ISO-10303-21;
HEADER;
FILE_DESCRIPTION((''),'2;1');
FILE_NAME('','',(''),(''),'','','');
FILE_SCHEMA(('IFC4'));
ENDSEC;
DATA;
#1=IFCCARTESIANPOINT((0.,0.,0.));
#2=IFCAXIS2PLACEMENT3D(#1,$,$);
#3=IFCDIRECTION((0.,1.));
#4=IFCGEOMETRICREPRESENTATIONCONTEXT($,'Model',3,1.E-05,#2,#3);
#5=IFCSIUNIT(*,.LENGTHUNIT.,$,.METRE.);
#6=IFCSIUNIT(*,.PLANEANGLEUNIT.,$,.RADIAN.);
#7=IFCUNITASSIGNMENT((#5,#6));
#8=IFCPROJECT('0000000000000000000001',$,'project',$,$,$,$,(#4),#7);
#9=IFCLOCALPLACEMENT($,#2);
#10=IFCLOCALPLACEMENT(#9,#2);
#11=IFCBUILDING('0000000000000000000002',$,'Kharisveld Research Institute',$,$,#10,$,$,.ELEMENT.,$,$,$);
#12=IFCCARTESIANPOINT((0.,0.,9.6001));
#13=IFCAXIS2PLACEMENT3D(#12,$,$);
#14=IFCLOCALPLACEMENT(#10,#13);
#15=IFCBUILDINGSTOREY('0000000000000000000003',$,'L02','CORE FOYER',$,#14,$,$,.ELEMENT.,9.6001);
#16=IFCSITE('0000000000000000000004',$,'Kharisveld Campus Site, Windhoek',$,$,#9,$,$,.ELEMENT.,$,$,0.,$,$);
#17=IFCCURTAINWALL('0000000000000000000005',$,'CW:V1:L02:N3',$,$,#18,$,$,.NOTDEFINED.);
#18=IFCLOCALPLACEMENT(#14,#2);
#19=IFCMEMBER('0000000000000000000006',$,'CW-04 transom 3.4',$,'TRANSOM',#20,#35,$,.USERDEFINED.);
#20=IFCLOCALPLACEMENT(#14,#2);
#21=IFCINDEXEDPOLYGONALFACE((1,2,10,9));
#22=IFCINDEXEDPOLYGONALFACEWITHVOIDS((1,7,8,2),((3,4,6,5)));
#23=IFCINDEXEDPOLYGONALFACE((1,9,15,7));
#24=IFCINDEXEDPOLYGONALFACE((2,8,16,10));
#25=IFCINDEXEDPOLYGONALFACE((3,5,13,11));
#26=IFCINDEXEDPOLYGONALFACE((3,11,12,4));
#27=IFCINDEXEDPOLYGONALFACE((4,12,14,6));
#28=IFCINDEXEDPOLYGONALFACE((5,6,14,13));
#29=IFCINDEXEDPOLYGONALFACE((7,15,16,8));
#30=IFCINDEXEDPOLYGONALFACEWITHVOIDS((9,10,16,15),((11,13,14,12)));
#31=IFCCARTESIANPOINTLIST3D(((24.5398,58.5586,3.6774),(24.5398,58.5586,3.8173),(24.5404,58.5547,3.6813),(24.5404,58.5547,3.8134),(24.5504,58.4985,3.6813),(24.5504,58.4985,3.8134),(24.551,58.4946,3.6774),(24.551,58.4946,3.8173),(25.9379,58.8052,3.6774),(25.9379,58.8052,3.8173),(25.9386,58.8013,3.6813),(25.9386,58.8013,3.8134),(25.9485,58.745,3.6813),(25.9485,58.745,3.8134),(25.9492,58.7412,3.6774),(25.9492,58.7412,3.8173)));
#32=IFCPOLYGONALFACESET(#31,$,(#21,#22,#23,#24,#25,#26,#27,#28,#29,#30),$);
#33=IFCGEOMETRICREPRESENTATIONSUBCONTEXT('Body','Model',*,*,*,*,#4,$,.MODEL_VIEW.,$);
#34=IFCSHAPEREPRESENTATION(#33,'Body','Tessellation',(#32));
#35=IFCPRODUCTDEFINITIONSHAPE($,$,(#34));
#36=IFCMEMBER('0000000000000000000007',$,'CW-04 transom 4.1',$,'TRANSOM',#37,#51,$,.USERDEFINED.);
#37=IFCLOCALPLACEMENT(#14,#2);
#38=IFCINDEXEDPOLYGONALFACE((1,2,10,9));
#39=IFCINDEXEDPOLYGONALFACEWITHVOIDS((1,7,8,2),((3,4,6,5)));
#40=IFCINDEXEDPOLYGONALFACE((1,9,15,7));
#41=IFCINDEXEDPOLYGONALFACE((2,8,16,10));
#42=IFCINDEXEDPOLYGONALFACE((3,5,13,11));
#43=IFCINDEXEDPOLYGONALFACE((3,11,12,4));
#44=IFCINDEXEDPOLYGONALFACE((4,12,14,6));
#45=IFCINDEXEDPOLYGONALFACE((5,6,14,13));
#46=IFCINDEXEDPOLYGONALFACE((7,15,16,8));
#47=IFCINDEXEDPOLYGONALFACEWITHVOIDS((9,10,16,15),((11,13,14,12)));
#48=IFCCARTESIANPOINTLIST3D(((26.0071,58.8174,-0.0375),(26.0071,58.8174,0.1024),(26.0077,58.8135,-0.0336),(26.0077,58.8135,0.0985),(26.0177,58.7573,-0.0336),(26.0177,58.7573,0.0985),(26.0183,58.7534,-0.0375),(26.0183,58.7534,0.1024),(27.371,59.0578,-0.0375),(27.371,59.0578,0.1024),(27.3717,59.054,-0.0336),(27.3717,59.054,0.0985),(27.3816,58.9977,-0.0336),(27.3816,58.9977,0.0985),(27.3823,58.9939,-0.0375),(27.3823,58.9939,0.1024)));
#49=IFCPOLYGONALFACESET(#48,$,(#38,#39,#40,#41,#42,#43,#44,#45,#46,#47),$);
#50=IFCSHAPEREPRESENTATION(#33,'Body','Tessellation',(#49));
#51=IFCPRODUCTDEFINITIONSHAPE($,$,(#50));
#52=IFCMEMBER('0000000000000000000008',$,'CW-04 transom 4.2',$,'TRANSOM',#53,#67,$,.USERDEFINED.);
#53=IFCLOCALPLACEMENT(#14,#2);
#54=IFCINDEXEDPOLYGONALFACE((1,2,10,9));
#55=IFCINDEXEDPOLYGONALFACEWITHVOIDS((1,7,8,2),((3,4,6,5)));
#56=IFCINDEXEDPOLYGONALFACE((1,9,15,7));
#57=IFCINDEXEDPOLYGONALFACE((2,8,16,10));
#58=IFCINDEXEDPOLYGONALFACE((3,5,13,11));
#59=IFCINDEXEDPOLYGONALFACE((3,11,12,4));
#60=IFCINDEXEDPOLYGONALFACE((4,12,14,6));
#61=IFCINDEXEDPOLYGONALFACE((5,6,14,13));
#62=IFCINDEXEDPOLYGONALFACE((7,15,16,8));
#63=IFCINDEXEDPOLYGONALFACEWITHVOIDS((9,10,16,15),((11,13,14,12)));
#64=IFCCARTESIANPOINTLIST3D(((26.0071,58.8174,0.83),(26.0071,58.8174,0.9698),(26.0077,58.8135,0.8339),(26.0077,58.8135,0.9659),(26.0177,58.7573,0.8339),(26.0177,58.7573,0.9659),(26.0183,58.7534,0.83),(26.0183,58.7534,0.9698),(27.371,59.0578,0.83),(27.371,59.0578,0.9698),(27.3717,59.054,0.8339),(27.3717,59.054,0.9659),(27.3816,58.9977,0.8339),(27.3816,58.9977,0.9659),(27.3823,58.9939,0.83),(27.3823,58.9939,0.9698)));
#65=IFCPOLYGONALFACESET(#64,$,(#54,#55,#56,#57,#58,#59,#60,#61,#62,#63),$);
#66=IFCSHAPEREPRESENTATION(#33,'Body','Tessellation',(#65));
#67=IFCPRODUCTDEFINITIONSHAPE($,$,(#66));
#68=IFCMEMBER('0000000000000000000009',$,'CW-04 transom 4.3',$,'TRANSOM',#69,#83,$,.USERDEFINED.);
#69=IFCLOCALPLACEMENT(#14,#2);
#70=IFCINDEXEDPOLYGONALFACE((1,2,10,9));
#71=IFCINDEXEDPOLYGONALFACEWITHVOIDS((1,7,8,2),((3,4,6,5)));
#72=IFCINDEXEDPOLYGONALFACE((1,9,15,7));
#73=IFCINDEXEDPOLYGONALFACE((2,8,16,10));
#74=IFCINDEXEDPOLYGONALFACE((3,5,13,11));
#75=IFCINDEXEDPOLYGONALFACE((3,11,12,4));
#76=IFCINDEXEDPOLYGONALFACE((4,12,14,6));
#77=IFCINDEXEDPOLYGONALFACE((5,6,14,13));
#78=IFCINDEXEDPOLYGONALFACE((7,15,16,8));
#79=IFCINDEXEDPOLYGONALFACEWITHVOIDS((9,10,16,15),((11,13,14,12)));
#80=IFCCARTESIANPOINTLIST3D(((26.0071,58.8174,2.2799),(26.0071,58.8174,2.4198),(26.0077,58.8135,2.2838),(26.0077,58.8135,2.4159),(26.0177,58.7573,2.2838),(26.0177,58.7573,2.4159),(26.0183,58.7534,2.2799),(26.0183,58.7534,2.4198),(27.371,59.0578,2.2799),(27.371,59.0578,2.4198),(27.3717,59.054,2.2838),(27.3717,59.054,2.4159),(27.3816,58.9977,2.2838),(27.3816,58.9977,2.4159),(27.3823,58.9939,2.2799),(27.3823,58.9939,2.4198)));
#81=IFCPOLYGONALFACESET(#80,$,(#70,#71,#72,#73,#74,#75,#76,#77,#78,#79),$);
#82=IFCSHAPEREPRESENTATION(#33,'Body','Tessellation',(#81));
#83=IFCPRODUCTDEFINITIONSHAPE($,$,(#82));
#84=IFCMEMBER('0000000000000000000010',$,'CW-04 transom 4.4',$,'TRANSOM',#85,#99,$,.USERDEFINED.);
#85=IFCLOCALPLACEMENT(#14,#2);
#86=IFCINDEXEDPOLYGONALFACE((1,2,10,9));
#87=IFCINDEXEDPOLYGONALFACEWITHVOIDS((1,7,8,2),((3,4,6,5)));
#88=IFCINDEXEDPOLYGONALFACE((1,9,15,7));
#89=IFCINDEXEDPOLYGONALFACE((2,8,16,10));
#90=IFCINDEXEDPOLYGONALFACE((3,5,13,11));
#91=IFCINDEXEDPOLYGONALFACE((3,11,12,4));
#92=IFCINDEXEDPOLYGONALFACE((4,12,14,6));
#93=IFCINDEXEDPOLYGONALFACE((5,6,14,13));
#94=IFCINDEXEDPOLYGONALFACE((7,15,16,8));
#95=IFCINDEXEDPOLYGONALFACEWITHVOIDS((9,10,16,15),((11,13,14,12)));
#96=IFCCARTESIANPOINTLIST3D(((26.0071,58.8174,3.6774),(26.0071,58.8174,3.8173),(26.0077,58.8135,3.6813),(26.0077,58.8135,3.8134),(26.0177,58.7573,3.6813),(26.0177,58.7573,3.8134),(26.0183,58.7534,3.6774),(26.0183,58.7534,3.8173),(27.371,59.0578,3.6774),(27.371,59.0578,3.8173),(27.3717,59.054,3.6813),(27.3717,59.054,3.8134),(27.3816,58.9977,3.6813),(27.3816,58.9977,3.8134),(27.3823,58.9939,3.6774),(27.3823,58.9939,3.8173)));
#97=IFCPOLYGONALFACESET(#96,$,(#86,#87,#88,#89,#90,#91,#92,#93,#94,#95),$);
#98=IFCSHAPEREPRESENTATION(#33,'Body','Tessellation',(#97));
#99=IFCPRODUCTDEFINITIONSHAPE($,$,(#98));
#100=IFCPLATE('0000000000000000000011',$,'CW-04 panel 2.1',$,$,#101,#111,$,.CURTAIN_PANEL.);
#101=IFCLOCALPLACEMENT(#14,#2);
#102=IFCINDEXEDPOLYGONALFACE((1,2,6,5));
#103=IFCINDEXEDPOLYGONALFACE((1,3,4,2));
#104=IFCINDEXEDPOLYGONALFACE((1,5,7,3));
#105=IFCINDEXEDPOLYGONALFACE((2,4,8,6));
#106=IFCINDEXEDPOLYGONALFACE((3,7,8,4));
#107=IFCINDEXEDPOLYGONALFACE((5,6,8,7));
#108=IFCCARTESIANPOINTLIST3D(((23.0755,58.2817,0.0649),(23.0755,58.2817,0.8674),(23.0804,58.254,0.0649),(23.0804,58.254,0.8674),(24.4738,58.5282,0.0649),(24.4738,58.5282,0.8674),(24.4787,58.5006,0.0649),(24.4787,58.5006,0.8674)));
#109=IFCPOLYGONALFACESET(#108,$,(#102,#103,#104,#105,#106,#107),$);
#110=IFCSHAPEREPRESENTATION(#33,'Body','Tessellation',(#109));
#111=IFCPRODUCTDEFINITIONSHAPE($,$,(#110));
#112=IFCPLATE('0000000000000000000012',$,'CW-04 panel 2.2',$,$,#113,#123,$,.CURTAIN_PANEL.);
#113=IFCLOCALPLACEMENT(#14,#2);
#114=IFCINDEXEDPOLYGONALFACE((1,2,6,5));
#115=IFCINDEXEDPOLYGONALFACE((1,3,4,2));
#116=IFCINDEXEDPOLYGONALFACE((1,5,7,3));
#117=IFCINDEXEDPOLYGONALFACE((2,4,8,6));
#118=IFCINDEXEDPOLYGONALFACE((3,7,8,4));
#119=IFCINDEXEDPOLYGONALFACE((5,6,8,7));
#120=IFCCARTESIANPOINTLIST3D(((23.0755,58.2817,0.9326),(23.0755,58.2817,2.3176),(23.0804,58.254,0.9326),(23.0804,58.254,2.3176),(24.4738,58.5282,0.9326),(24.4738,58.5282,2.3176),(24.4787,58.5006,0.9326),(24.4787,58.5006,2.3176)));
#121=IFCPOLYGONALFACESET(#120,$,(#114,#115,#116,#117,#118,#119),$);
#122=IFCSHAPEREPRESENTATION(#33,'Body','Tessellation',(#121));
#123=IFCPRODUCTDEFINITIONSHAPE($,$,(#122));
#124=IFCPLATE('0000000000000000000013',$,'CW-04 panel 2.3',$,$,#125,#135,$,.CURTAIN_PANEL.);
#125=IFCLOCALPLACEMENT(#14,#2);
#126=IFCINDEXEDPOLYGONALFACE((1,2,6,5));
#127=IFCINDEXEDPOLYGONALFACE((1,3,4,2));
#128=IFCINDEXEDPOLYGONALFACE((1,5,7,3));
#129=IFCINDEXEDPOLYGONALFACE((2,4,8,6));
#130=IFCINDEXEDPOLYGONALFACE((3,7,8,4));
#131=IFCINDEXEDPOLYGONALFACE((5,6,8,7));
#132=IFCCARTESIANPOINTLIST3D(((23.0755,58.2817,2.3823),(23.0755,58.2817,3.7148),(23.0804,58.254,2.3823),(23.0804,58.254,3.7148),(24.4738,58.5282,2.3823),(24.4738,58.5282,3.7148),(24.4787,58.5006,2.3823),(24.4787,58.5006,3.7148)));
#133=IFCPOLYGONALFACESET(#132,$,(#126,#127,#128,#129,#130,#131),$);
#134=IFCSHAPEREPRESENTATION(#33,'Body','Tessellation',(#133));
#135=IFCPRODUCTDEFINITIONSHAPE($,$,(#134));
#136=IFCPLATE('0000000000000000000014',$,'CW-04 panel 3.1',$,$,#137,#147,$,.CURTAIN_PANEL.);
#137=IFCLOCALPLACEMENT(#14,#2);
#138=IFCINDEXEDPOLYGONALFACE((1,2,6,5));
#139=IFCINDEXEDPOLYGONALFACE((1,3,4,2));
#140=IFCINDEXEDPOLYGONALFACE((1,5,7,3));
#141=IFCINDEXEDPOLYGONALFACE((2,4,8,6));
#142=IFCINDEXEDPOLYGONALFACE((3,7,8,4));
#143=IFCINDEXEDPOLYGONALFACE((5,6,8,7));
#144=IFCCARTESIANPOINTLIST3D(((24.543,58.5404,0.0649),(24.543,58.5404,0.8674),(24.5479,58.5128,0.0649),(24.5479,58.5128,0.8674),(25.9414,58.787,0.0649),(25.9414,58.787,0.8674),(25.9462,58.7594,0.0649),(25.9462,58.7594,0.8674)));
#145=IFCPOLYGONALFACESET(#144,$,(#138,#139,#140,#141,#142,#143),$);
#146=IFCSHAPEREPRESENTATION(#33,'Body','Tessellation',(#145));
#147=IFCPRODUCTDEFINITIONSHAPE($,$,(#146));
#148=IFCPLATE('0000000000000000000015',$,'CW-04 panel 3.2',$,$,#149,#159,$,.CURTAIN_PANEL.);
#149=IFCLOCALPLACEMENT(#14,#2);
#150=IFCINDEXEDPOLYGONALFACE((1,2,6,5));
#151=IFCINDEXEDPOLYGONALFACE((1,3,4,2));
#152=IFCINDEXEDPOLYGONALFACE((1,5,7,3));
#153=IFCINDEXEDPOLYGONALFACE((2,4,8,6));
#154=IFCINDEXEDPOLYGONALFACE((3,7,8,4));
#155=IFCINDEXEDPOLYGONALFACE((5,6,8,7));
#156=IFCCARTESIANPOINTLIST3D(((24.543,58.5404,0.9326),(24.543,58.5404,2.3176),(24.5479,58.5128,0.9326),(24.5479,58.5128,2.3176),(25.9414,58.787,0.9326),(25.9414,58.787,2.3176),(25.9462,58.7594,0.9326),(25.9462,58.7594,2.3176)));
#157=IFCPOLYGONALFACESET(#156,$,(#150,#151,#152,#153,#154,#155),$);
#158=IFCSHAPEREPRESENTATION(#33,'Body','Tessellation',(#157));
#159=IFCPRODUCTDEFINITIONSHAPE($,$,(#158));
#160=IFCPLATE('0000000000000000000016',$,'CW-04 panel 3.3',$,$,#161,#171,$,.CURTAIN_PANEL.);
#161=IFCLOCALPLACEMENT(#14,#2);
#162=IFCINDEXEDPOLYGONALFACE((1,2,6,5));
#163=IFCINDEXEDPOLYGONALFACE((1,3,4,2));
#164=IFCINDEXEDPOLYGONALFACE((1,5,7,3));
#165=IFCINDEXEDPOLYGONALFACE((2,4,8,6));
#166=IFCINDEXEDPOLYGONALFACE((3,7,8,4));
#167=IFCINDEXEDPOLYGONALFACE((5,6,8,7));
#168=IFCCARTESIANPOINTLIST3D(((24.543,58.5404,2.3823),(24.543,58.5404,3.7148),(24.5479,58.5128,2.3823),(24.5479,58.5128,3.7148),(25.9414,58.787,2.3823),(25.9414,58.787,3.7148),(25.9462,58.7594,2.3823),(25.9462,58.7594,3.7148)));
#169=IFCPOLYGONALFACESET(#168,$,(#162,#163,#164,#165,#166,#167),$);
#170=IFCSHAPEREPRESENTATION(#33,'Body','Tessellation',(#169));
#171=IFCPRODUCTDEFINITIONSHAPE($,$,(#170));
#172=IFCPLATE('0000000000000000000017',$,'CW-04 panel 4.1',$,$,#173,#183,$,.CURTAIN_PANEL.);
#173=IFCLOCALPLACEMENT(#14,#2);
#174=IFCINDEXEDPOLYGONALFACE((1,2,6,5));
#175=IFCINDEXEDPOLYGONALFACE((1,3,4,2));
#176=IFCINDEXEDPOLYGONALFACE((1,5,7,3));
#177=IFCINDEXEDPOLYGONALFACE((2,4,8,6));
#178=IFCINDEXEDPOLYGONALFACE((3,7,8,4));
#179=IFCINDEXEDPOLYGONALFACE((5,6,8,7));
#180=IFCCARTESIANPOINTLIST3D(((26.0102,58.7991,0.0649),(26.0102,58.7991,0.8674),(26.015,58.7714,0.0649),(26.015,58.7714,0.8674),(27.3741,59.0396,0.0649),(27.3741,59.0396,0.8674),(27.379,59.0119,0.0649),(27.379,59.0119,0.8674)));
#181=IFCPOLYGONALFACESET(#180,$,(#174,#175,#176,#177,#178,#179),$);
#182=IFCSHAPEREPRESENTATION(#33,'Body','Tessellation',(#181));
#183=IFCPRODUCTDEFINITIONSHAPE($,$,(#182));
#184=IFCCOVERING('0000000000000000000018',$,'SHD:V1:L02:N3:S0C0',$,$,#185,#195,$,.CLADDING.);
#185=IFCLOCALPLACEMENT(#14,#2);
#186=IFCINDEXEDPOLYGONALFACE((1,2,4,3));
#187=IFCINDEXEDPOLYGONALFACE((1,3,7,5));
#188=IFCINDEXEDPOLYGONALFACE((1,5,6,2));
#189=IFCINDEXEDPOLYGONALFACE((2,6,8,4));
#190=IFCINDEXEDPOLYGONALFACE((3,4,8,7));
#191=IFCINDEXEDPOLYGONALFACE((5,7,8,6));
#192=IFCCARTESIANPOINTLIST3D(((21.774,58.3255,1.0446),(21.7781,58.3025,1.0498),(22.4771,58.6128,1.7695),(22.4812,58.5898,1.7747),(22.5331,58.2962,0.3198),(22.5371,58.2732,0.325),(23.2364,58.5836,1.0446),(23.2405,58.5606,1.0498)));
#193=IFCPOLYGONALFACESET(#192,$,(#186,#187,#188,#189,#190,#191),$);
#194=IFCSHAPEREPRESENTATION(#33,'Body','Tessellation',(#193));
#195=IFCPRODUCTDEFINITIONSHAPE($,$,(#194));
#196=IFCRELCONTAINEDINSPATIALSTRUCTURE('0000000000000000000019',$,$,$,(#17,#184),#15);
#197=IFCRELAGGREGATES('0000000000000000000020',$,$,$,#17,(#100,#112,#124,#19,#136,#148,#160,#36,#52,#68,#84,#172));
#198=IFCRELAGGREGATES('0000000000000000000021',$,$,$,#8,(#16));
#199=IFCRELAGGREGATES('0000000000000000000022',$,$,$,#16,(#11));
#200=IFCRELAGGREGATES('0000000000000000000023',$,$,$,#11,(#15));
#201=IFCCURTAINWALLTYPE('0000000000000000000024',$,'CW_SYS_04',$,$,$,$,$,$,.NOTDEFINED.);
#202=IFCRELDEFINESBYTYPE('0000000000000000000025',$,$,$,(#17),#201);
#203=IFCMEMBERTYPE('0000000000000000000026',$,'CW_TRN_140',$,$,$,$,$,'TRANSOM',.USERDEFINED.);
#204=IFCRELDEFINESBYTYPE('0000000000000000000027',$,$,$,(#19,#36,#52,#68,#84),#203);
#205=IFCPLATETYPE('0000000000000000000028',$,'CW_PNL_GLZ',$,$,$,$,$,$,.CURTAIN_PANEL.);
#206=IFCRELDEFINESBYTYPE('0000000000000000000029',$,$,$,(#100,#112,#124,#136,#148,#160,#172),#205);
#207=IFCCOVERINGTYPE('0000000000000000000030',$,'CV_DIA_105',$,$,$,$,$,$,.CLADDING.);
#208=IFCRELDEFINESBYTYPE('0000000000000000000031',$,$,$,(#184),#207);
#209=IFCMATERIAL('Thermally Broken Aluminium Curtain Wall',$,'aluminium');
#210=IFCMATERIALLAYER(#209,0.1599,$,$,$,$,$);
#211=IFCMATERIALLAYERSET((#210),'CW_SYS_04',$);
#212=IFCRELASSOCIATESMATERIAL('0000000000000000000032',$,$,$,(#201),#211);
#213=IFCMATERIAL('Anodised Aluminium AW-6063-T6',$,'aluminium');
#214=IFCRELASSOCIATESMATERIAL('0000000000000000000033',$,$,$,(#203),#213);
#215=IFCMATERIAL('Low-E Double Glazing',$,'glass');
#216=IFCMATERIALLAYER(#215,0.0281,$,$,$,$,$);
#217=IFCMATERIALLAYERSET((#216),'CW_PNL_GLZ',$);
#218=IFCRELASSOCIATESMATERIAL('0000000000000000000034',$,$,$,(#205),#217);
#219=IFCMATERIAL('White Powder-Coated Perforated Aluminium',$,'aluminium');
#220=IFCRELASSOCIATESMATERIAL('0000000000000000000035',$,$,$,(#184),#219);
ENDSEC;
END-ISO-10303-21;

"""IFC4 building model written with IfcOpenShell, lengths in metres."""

from ifc_helpers import new_model, si_unit, direction, frame, origin, origin_2d, place, context, subcontext, project, spatial, polyline, rectangle, hollow_rectangle, outline, extrude, material, layer, layer_set, material_profile, profile_set, type_object, element, aggregate, save


model = new_model("IFC4")

# Units and contexts
model_context = context("Model", 3, precision=1e-05, world=origin(), true_north=direction((0.0, 1.0)))
body_context = subcontext(model_context, "Body", "Model", "MODEL_VIEW")
ifc_project = project(units=[si_unit("LENGTHUNIT", "METRE"), si_unit("PLANEANGLEUNIT", "RADIAN")], contexts=[model_context])

# Site, building, storey
site_placement = place(None, origin())
site = spatial("IfcSite", under=ifc_project, at=site_placement, Name="Kharisveld Campus Site, Windhoek", CompositionType="ELEMENT", RefElevation=0.0)
building_placement = place(site_placement, origin())
building = spatial("IfcBuilding", under=site, at=building_placement, Name="Kharisveld Research Institute", CompositionType="ELEMENT")
storey_placement = place(building_placement, frame((0.0, 0.0, 9.6001)))
storey = spatial("IfcBuildingStorey", under=building, at=storey_placement, Name="L02", Description="CORE FOYER", CompositionType="ELEMENT", Elevation=9.6001)

# Curtain wall, members, plates
ifc_material_1 = material(Name="Thermally Broken Aluminium Curtain Wall", Category="aluminium")
ifc_layer_1 = layer(ifc_material_1, 0.1599)
ifc_layer_set_1 = layer_set([ifc_layer_1], Name="CW_SYS_04")
curtain_wall_type = type_object("IfcCurtainWallType", Name="CW_SYS_04", PredefinedType="NOTDEFINED", material=ifc_layer_set_1)
curtain_wall_placement = place(storey_placement, origin())
curtain_wall = element("IfcCurtainWall", 1, at=curtain_wall_placement, inside=storey, type_object=curtain_wall_type, Name="CW:V1:L02:N3", PredefinedType="NOTDEFINED")
ifc_material_2 = material(Name="Anodised Aluminium AW-6063-T6", Category="aluminium")
ifc_material_profile_1 = material_profile(ifc_material_2, hollow_rectangle(XDim=0.0649, YDim=0.1399, WallThickness=0.0039, at=origin_2d()))
ifc_profile_set_1 = profile_set([ifc_material_profile_1], Name="Anodised Aluminium AW-6063-T6")
member_type_1 = type_object("IfcMemberType", Name="CW_TRN_140", ElementType="TRANSOM", PredefinedType="USERDEFINED", material=ifc_profile_set_1)
member_1_placement = place(storey_placement, frame((24.5454, 58.5266, 3.7473), z_axis=(0.984803, 0.173677, 0.0), x_axis=(-0.173677, 0.984803, 0.0)))
member_1 = element("IfcMember", 2, at=member_1_placement, type_object=member_type_1, Name="CW-04 transom 3.4", ObjectType="TRANSOM", PredefinedType="USERDEFINED", context=body_context, shape_type="SweptSolid", body=[
    extrude(hollow_rectangle(XDim=0.0649, YDim=0.1399, WallThickness=0.0039, at=origin_2d()), origin(), (0.0, 0.0, 1.0), 1.4197),
])
member_2_placement = place(storey_placement, frame((26.0127, 58.7854, 0.0325), z_axis=(0.984812, 0.173624, 0.0), x_axis=(-0.173624, 0.984812, 0.0)))
member_2 = element("IfcMember", 3, at=member_2_placement, type_object=member_type_1, Name="CW-04 transom 4.1", ObjectType="TRANSOM", PredefinedType="USERDEFINED", context=body_context, shape_type="SweptSolid", body=[
    extrude(hollow_rectangle(XDim=0.0649, YDim=0.1399, WallThickness=0.0039, at=origin_2d()), origin(), (0.0, 0.0, 1.0), 1.385),
])
member_3_placement = place(storey_placement, frame((26.0127, 58.7854, 0.8999), z_axis=(0.984812, 0.173624, 0.0), x_axis=(-0.173624, 0.984812, 0.0)))
member_3 = element("IfcMember", 4, at=member_3_placement, type_object=member_type_1, Name="CW-04 transom 4.2", ObjectType="TRANSOM", PredefinedType="USERDEFINED", context=body_context, shape_type="SweptSolid", body=[
    extrude(hollow_rectangle(XDim=0.0649, YDim=0.1399, WallThickness=0.0039, at=origin_2d()), origin(), (0.0, 0.0, 1.0), 1.385),
])
member_4_placement = place(storey_placement, frame((26.0127, 58.7854, 2.3499), z_axis=(0.984812, 0.173624, 0.0), x_axis=(-0.173624, 0.984812, 0.0)))
member_4 = element("IfcMember", 5, at=member_4_placement, type_object=member_type_1, Name="CW-04 transom 4.3", ObjectType="TRANSOM", PredefinedType="USERDEFINED", context=body_context, shape_type="SweptSolid", body=[
    extrude(hollow_rectangle(XDim=0.0649, YDim=0.1399, WallThickness=0.0039, at=origin_2d()), origin(), (0.0, 0.0, 1.0), 1.385),
])
member_5_placement = place(storey_placement, frame((26.0127, 58.7854, 3.7473), z_axis=(0.984812, 0.173624, 0.0), x_axis=(-0.173624, 0.984812, 0.0)))
member_5 = element("IfcMember", 6, at=member_5_placement, type_object=member_type_1, Name="CW-04 transom 4.4", ObjectType="TRANSOM", PredefinedType="USERDEFINED", context=body_context, shape_type="SweptSolid", body=[
    extrude(hollow_rectangle(XDim=0.0649, YDim=0.1399, WallThickness=0.0039, at=origin_2d()), origin(), (0.0, 0.0, 1.0), 1.385),
])
ifc_material_3 = material(Name="Low-E Double Glazing", Category="glass")
ifc_layer_2 = layer(ifc_material_3, 0.0281)
ifc_layer_set_2 = layer_set([ifc_layer_2], Name="CW_PNL_GLZ")
plate_type = type_object("IfcPlateType", Name="CW_PNL_GLZ", PredefinedType="CURTAIN_PANEL", material=ifc_layer_set_2)
plate_1_placement = place(storey_placement, frame((23.7771, 58.3911, 0.0649), z_axis=(0.0, 0.0, 1.0), x_axis=(0.984808, 0.173648, 0.0)))
plate_1 = element("IfcPlate", 7, at=plate_1_placement, type_object=plate_type, Name="CW-04 panel 2.1", PredefinedType="CURTAIN_PANEL", context=body_context, shape_type="SweptSolid", body=[
    extrude(rectangle(XDim=1.4199, YDim=0.0281, at=origin_2d()), origin(), (0.0, 0.0, 1.0), 0.8025),
])
plate_2_placement = place(storey_placement, frame((23.7771, 58.3911, 0.9326), z_axis=(0.0, 0.0, 1.0), x_axis=(0.984808, 0.173648, 0.0)))
plate_2 = element("IfcPlate", 8, at=plate_2_placement, type_object=plate_type, Name="CW-04 panel 2.2", PredefinedType="CURTAIN_PANEL", context=body_context, shape_type="SweptSolid", body=[
    extrude(rectangle(XDim=1.4199, YDim=0.0281, at=origin_2d()), origin(), (0.0, 0.0, 1.0), 1.385),
])
plate_3_placement = place(storey_placement, frame((23.7771, 58.3911, 2.3823), z_axis=(0.0, 0.0, 1.0), x_axis=(0.984808, 0.173648, 0.0)))
plate_3 = element("IfcPlate", 9, at=plate_3_placement, type_object=plate_type, Name="CW-04 panel 2.3", PredefinedType="CURTAIN_PANEL", context=body_context, shape_type="SweptSolid", body=[
    extrude(rectangle(XDim=1.4199, YDim=0.0281, at=origin_2d()), origin(), (0.0, 0.0, 1.0), 1.3325),
])
plate_4_placement = place(storey_placement, frame((25.2446, 58.6499, 0.0649), z_axis=(0.0, 0.0, 1.0), x_axis=(0.984808, 0.173648, 0.0)))
plate_4 = element("IfcPlate", 10, at=plate_4_placement, type_object=plate_type, Name="CW-04 panel 3.1", PredefinedType="CURTAIN_PANEL", context=body_context, shape_type="SweptSolid", body=[
    extrude(rectangle(XDim=1.4199, YDim=0.0281, at=origin_2d()), origin(), (0.0, 0.0, 1.0), 0.8025),
])
plate_5_placement = place(storey_placement, frame((25.2446, 58.6499, 0.9326), z_axis=(0.0, 0.0, 1.0), x_axis=(0.984808, 0.173648, 0.0)))
plate_5 = element("IfcPlate", 11, at=plate_5_placement, type_object=plate_type, Name="CW-04 panel 3.2", PredefinedType="CURTAIN_PANEL", context=body_context, shape_type="SweptSolid", body=[
    extrude(rectangle(XDim=1.4199, YDim=0.0281, at=origin_2d()), origin(), (0.0, 0.0, 1.0), 1.385),
])
plate_6_placement = place(storey_placement, frame((25.2446, 58.6499, 2.3823), z_axis=(0.0, 0.0, 1.0), x_axis=(0.984808, 0.173648, 0.0)))
plate_6 = element("IfcPlate", 12, at=plate_6_placement, type_object=plate_type, Name="CW-04 panel 3.3", PredefinedType="CURTAIN_PANEL", context=body_context, shape_type="SweptSolid", body=[
    extrude(rectangle(XDim=1.4199, YDim=0.0281, at=origin_2d()), origin(), (0.0, 0.0, 1.0), 1.3325),
])
plate_7_placement = place(storey_placement, frame((26.6946, 58.9055, 0.0649), z_axis=(0.0, 0.0, 1.0), x_axis=(0.984808, 0.173648, 0.0)))
plate_7 = element("IfcPlate", 13, at=plate_7_placement, type_object=plate_type, Name="CW-04 panel 4.1", PredefinedType="CURTAIN_PANEL", context=body_context, shape_type="SweptSolid", body=[
    extrude(rectangle(XDim=1.385, YDim=0.0281, at=origin_2d()), origin(), (0.0, 0.0, 1.0), 0.8025),
])
aggregate(curtain_wall, [plate_1, plate_2, plate_3, member_1, plate_4, plate_5, plate_6, member_2, member_3, member_4, member_5, plate_7])

# Covering
ifc_material_4 = material(Name="White Powder-Coated Perforated Aluminium", Category="aluminium")
covering_type = type_object("IfcCoveringType", Name="CV_DIA_105", PredefinedType="CLADDING")
for number, where, z_axis, x_axis, name in (
    (14, (22.5371, 58.2732, 0.325), (0.169653, -0.96142, 0.21654), (0.669807, 0.273663, 0.690266), "SHD:V1:L02:N3:S0C0"),
):
    element("IfcCovering", number, at=place(storey_placement, frame(where, z_axis=z_axis, x_axis=x_axis)), inside=storey, type_object=covering_type, material=ifc_material_4, Name=name, PredefinedType="CLADDING", context=body_context, shape_type="SweptSolid", body=[
        extrude(outline(polyline([(0.0, 0.0), (1.0501, 0.0), (1.0499, 1.0501), (0.0, 1.05), (0.0, 0.0)])), origin(), (0.0, 0.0, -1.0), 0.0239),
    ])

save(model, "model.ifc")
